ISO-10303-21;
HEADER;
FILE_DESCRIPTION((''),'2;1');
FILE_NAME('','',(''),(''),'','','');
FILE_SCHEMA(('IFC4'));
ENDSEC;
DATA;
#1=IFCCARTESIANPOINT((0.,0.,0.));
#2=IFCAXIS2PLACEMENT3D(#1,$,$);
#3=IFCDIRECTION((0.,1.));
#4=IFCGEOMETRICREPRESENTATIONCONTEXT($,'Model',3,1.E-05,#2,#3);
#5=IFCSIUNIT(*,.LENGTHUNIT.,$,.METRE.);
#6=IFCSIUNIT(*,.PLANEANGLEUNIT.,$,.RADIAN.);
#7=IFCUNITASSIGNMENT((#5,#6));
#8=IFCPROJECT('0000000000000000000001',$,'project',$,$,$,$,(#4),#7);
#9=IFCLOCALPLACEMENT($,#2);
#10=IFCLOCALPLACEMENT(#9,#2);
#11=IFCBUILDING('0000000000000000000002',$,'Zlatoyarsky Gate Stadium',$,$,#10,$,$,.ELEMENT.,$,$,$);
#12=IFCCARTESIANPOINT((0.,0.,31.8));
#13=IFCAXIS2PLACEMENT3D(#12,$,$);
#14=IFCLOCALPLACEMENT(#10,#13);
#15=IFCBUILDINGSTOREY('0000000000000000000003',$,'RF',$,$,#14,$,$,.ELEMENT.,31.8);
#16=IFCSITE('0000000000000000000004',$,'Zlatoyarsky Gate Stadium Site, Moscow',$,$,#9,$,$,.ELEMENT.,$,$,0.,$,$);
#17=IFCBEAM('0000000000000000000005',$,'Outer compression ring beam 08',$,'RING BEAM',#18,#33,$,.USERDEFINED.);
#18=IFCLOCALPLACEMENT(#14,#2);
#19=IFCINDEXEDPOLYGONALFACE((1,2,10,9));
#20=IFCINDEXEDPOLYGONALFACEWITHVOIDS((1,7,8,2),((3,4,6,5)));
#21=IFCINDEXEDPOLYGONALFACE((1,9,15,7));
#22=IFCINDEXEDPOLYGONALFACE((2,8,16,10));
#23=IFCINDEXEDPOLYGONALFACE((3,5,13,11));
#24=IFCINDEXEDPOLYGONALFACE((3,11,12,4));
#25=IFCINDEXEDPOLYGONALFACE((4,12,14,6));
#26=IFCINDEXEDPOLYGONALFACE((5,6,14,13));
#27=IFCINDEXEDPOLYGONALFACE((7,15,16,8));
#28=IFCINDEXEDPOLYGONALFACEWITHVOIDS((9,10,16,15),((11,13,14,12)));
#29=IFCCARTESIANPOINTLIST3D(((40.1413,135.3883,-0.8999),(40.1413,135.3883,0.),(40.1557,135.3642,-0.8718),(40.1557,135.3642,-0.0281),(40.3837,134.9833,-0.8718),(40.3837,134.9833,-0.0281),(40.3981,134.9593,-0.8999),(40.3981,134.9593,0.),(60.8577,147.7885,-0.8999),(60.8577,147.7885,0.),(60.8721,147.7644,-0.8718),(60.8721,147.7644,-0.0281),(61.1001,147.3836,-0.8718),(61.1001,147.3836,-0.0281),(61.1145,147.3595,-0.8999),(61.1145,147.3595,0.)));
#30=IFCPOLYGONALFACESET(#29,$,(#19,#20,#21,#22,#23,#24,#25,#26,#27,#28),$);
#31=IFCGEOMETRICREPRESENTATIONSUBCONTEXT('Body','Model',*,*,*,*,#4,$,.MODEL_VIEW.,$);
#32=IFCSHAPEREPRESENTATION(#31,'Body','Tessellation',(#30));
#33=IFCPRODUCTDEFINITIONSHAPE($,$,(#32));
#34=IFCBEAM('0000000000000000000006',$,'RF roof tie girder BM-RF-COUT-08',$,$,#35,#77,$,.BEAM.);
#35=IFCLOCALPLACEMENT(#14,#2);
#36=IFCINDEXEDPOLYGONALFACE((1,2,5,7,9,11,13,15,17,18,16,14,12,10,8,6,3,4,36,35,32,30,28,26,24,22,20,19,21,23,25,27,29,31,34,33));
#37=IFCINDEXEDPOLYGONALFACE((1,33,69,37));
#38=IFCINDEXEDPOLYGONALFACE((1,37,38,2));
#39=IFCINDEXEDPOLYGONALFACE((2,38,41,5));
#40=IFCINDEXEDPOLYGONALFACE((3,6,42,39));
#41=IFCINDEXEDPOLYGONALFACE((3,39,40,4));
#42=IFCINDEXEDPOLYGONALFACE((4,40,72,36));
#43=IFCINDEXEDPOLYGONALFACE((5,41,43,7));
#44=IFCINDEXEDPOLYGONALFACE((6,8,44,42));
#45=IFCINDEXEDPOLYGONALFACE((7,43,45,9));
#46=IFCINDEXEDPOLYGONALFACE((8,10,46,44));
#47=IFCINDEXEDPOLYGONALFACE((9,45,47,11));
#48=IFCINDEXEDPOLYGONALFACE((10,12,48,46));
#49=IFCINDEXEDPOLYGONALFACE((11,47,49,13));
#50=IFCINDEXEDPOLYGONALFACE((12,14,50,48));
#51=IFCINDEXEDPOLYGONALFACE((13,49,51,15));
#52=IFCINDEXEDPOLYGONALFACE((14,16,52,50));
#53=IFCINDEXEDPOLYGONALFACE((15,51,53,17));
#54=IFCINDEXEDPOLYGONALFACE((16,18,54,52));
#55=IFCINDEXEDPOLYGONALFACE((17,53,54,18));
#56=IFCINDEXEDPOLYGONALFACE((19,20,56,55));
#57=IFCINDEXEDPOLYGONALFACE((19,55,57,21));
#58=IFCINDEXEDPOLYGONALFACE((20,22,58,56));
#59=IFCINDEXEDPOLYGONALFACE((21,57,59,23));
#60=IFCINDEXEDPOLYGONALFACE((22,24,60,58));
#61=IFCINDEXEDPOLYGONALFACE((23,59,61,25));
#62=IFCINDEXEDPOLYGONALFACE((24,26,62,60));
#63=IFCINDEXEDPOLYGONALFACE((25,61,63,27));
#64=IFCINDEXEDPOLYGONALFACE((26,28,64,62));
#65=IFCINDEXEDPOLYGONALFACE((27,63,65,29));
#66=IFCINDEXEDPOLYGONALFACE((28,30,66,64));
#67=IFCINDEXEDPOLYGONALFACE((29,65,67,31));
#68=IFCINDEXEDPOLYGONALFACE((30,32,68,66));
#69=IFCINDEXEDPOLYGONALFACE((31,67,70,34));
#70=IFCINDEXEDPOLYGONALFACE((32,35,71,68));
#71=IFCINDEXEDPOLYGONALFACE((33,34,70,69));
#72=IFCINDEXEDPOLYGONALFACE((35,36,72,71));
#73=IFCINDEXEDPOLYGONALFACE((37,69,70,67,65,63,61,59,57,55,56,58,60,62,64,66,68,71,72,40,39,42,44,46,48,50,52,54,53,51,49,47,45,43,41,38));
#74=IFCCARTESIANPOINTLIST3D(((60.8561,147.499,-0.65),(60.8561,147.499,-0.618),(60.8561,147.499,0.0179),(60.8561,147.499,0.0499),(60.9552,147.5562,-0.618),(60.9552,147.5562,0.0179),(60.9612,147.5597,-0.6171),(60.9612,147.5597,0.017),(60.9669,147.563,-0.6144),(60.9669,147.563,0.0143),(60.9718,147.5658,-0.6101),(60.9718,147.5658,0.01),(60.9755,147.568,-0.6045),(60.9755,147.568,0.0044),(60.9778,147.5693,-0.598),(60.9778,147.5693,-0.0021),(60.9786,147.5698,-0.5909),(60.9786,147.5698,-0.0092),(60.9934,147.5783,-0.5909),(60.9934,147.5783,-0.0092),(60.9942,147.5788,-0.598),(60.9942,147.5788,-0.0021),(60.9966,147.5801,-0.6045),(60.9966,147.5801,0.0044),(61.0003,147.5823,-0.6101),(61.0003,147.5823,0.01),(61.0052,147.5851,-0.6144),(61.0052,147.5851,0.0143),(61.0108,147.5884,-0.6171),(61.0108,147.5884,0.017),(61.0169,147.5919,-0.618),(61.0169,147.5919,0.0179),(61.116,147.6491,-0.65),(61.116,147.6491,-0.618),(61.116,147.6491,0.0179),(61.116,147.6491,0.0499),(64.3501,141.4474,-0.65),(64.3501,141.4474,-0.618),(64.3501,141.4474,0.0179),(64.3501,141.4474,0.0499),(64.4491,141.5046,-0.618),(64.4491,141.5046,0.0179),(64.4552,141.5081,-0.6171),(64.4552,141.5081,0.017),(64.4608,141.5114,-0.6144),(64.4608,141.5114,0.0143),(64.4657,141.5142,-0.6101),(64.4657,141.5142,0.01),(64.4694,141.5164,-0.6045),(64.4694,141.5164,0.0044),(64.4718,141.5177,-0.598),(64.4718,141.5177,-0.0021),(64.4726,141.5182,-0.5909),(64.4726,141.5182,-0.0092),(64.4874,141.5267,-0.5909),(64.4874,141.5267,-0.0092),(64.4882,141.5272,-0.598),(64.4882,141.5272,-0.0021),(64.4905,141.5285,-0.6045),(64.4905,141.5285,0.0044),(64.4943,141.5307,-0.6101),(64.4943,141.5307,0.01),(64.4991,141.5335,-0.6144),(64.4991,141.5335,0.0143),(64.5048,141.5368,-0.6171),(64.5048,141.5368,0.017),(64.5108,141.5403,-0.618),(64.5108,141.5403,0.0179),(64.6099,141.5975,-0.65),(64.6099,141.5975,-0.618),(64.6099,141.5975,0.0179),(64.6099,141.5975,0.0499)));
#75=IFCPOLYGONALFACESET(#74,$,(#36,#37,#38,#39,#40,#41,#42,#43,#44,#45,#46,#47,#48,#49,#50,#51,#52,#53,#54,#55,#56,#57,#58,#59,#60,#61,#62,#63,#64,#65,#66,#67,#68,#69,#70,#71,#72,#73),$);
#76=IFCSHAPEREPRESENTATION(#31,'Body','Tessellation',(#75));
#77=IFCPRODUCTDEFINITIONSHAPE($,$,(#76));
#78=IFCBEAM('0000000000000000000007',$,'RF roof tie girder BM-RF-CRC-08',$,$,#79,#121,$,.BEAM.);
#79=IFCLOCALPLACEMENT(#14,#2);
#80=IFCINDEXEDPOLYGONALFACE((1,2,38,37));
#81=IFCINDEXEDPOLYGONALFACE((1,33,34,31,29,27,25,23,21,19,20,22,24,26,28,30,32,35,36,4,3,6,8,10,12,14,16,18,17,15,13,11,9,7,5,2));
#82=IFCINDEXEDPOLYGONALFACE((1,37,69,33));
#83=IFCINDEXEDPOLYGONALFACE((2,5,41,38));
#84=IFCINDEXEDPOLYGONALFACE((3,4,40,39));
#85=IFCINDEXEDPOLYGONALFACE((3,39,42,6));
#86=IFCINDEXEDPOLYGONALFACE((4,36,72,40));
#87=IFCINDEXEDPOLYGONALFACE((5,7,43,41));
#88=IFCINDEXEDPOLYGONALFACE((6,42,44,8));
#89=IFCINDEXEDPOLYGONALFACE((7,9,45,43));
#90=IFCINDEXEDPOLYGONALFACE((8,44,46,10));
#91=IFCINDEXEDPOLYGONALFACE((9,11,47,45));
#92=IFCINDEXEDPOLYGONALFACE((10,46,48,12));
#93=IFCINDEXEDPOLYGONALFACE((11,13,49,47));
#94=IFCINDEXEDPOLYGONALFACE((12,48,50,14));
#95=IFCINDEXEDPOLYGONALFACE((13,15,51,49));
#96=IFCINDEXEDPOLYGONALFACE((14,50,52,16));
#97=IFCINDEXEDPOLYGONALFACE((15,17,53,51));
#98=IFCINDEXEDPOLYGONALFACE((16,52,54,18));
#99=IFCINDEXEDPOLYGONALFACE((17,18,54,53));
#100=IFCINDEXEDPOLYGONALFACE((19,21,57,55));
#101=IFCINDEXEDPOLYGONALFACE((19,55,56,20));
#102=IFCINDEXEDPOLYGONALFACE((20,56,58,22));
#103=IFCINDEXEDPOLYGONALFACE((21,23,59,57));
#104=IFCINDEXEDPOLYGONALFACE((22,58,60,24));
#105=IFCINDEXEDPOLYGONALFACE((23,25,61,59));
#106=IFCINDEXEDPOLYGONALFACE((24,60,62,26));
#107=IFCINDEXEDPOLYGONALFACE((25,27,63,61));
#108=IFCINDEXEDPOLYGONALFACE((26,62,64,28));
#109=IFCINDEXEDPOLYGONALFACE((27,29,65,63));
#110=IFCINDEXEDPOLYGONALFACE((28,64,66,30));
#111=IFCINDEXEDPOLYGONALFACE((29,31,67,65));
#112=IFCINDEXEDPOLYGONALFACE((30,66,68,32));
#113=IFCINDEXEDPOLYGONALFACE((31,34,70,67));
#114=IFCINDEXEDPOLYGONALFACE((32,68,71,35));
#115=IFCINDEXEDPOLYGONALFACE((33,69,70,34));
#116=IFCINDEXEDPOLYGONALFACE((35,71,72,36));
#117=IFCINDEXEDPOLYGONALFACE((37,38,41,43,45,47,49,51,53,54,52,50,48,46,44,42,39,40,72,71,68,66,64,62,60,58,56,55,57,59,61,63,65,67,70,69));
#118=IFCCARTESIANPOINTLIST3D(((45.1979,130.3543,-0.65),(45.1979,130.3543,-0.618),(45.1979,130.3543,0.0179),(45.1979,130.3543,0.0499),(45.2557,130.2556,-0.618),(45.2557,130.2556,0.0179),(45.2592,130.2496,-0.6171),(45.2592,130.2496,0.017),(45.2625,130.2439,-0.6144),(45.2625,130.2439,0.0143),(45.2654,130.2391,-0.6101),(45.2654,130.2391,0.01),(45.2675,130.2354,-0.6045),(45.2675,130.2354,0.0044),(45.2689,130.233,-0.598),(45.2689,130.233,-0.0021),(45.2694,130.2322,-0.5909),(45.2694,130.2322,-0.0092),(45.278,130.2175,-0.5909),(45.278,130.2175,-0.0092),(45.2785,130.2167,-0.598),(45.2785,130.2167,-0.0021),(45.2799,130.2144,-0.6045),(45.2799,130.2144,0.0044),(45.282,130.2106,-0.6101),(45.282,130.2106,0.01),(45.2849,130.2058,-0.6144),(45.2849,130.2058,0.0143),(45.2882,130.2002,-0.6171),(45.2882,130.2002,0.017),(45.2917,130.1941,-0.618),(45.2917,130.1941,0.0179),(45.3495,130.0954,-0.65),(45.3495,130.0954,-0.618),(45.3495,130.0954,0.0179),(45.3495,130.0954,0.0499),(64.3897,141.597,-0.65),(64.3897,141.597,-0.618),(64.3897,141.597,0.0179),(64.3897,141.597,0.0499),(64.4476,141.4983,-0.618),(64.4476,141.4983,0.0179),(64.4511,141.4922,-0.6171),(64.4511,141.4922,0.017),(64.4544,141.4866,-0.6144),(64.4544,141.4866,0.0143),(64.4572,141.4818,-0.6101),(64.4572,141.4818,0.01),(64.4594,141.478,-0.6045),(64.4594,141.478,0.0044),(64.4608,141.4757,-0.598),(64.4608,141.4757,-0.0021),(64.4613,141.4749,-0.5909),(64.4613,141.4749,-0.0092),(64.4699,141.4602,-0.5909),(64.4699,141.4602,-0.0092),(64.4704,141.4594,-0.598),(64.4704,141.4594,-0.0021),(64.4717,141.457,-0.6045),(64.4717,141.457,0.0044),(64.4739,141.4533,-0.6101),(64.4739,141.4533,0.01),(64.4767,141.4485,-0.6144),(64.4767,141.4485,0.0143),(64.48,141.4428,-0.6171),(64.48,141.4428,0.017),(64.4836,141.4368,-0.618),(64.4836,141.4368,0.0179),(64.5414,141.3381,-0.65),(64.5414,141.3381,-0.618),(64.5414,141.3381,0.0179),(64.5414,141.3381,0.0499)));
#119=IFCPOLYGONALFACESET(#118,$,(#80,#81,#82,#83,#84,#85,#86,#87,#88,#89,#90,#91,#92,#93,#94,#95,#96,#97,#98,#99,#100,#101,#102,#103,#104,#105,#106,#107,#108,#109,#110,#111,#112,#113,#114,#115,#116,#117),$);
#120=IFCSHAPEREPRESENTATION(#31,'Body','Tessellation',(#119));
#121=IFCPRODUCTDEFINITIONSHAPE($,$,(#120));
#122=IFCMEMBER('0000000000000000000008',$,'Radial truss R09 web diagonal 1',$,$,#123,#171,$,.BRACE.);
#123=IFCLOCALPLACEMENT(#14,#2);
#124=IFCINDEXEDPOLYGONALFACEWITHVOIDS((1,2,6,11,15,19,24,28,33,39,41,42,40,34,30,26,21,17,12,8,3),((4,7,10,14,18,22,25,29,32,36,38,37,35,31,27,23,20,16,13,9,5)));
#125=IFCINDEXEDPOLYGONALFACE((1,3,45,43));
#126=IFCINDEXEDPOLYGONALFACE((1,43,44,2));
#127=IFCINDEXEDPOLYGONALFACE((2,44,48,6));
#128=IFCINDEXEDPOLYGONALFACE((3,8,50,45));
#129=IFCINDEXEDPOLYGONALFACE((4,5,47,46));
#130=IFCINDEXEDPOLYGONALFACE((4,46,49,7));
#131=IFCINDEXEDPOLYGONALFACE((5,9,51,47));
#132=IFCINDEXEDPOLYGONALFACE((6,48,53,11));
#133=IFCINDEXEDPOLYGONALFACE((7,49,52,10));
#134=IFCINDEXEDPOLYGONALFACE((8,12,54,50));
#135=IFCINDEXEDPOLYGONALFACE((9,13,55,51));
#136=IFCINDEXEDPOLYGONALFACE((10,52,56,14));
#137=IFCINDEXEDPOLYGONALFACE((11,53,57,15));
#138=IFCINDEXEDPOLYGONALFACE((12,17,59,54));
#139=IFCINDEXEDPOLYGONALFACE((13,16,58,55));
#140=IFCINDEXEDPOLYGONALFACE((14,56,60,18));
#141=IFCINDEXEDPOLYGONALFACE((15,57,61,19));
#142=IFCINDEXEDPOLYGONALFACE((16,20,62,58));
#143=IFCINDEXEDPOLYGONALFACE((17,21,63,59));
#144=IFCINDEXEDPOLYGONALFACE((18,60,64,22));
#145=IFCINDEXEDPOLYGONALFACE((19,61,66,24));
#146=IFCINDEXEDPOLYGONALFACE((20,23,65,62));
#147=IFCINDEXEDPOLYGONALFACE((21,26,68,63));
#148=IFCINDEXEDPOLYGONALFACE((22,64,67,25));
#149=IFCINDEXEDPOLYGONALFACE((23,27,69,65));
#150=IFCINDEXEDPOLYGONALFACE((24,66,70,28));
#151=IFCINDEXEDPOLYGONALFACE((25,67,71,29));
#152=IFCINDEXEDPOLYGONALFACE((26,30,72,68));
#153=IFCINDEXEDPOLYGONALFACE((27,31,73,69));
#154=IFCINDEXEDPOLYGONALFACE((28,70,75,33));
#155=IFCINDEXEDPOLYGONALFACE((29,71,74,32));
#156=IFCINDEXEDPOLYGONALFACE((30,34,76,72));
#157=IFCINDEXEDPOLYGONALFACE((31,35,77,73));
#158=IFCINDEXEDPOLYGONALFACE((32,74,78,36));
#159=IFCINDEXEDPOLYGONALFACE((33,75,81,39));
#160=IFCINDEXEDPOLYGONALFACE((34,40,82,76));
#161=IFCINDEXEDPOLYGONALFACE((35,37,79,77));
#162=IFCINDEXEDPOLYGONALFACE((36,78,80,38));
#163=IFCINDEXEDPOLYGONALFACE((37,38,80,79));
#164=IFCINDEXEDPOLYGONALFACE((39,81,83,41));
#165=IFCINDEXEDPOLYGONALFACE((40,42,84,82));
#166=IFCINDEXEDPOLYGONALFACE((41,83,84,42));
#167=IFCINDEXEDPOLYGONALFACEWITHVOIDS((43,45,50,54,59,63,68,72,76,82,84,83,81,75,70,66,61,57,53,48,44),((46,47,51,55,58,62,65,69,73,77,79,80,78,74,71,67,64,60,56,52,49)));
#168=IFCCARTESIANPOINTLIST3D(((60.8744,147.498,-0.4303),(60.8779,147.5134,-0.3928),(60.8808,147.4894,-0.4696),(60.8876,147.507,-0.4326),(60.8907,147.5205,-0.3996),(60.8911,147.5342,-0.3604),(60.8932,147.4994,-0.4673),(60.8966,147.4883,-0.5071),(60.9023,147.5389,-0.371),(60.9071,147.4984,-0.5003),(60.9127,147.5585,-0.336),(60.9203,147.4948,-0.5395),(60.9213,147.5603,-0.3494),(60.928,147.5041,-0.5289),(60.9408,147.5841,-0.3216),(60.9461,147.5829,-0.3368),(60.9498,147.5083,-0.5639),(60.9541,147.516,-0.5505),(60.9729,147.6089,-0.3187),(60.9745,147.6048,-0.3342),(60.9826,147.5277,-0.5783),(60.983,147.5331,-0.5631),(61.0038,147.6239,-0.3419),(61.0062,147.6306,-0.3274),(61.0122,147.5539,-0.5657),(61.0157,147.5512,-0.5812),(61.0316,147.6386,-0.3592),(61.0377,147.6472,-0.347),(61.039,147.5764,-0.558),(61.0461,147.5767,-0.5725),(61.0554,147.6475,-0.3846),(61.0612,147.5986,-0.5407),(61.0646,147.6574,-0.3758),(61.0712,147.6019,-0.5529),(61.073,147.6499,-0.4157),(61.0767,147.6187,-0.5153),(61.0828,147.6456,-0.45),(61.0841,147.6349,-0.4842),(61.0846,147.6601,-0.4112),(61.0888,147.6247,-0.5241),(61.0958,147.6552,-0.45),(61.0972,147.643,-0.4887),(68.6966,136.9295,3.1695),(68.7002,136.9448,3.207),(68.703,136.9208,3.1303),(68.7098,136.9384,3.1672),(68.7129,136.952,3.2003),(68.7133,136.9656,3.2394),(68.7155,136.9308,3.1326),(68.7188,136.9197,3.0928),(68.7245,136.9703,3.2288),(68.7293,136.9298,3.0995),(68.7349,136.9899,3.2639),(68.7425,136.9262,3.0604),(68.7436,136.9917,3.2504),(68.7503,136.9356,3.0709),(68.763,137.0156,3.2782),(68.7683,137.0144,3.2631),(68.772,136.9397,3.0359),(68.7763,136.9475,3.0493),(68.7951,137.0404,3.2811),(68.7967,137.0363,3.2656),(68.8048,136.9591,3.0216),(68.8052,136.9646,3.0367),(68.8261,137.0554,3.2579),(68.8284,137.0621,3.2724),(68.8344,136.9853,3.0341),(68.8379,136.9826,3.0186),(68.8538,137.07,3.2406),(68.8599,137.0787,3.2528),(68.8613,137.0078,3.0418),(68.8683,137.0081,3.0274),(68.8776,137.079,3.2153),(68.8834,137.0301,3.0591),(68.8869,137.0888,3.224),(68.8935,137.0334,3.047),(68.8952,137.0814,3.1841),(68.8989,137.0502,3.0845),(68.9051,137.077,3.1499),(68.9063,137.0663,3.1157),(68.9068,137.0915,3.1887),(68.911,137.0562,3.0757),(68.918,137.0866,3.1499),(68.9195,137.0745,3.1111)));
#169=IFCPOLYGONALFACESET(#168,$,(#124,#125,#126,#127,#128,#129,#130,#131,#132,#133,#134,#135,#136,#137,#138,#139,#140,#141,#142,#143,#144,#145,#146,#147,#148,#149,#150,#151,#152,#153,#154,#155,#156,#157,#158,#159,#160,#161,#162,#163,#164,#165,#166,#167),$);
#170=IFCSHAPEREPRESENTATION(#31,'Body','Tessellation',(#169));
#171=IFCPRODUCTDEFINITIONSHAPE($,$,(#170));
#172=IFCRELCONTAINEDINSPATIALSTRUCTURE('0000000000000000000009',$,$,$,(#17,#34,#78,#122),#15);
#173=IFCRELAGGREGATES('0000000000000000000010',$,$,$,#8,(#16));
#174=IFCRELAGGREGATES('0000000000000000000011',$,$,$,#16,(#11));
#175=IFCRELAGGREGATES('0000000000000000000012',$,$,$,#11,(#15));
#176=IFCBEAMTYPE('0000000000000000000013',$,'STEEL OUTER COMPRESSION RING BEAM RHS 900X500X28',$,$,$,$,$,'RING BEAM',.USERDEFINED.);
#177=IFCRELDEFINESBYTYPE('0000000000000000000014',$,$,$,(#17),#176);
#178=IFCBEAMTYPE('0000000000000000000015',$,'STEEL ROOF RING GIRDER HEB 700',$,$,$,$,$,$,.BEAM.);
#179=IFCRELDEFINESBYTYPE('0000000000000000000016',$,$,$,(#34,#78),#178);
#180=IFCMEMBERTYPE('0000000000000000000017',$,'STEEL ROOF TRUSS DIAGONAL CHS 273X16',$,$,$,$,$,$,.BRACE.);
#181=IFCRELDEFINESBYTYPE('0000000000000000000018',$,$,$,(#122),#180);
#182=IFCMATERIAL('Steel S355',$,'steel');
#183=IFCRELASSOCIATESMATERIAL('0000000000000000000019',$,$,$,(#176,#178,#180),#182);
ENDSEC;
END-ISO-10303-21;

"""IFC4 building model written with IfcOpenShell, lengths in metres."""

from ifc_helpers import new_model, si_unit, direction, frame, origin, origin_2d, place, context, subcontext, project, spatial, hollow_rectangle, hollow_circle, i_section, extrude, material, material_profile, profile_set, type_object, element, save


model = new_model("IFC4")

# Units and contexts
model_context = context("Model", 3, precision=1e-05, world=origin(), true_north=direction((0.0, 1.0)))
body_context = subcontext(model_context, "Body", "Model", "MODEL_VIEW")
ifc_project = project(units=[si_unit("LENGTHUNIT", "METRE"), si_unit("PLANEANGLEUNIT", "RADIAN")], contexts=[model_context])

# Site, building, storey
site_placement = place(None, origin())
site = spatial("IfcSite", under=ifc_project, at=site_placement, Name="Zlatoyarsky Gate Stadium Site, Moscow", CompositionType="ELEMENT", RefElevation=0.0)
building_placement = place(site_placement, origin())
building = spatial("IfcBuilding", under=site, at=building_placement, Name="Zlatoyarsky Gate Stadium", CompositionType="ELEMENT")
storey_placement = place(building_placement, frame((0.0, 0.0, 31.8)))
storey = spatial("IfcBuildingStorey", under=building, at=storey_placement, Name="RF", CompositionType="ELEMENT", Elevation=31.8)

# Shared definitions
ifc_material_1 = material(Name="Steel S355", Category="steel")

# Beams
ifc_material_profile_1 = material_profile(ifc_material_1, hollow_rectangle(XDim=0.5, YDim=0.8999, WallThickness=0.0281, at=origin_2d()), Name="RHS 900X500X28")
ifc_profile_set_1 = profile_set([ifc_material_profile_1], Name="Steel S355")
beam_type_1 = type_object("IfcBeamType", Name="STEEL OUTER COMPRESSION RING BEAM RHS 900X500X28", ElementType="RING BEAM", PredefinedType="USERDEFINED", material=ifc_profile_set_1)
beam_1_placement = place(storey_placement, frame((60.9861, 147.574, -0.45), z_axis=(-0.858034, -0.513593, 0.0), x_axis=(0.513593, -0.858034, 0.0)))
element("IfcBeam", 1, at=beam_1_placement, inside=storey, type_object=beam_type_1, Name="Outer compression ring beam 08", ObjectType="RING BEAM", PredefinedType="USERDEFINED", context=body_context, shape_type="SweptSolid", body=[
    extrude(hollow_rectangle(XDim=0.5, YDim=0.8999, WallThickness=0.0281, at=origin_2d()), origin(), (0.0, 0.0, 1.0), 24.144),
])
ifc_material_profile_2 = material_profile(ifc_material_1, i_section(OverallWidth=0.3, OverallDepth=0.7, WebThickness=0.0171, FlangeThickness=0.032, FilletRadius=0.0271, at=origin_2d()), Name="HEB 700")
ifc_profile_set_2 = profile_set([ifc_material_profile_2], Name="Steel S355")
beam_type_2 = type_object("IfcBeamType", Name="STEEL ROOF RING GIRDER HEB 700", PredefinedType="BEAM", material=ifc_profile_set_2)
beam_2_placement = place(storey_placement, frame((64.48, 141.5225, -0.3), z_axis=(-0.500006, 0.866022, 0.0), x_axis=(-0.866022, -0.500006, 0.0)))
element("IfcBeam", 2, at=beam_2_placement, inside=storey, type_object=beam_type_2, Name="RF roof tie girder BM-RF-COUT-08", PredefinedType="BEAM", context=body_context, shape_type="SweptSolid", body=[
    extrude(i_section(OverallWidth=0.3, OverallDepth=0.7, WebThickness=0.0171, FlangeThickness=0.032, FilletRadius=0.0271, at=origin_2d()), origin(), (0.0, 0.0, 1.0), 6.9878),
])
beam_3_placement = place(storey_placement, frame((64.4656, 141.4675, -0.3), z_axis=(-0.86285, -0.50546, 0.0), x_axis=(0.50546, -0.86285, 0.0)))
element("IfcBeam", 3, at=beam_3_placement, inside=storey, type_object=beam_type_2, Name="RF roof tie girder BM-RF-CRC-08", PredefinedType="BEAM", context=body_context, shape_type="SweptSolid", body=[
    extrude(i_section(OverallWidth=0.3, OverallDepth=0.7, WebThickness=0.0171, FlangeThickness=0.032, FilletRadius=0.0271, at=origin_2d()), origin(), (0.0, 0.0, 1.0), 22.2424),
])

# Member
ifc_material_profile_3 = material_profile(ifc_material_1, hollow_circle(Radius=0.1365, WallThickness=0.0161, at=origin_2d()), Name="CHS 273X16")
ifc_profile_set_3 = profile_set([ifc_material_profile_3], Name="Steel S355")
member_type_1 = type_object("IfcMemberType", Name="STEEL ROOF TRUSS DIAGONAL CHS 273X16", PredefinedType="BRACE", material=ifc_profile_set_3)
member_1_placement = place(storey_placement, frame((60.9861, 147.574, -0.45), z_axis=(0.5738, -0.775257, 0.264066), x_axis=(0.803787, 0.594917, 0.0)))
element("IfcMember", 4, at=member_1_placement, inside=storey, type_object=member_type_1, Name="Radial truss R09 web diagonal 1", PredefinedType="BRACE", context=body_context, shape_type="SweptSolid", body=[
    extrude(hollow_circle(Radius=0.1365, WallThickness=0.0161, at=origin_2d()), origin(), (0.0, 0.0, 1.0), 13.6323),
])

save(model, "model.ifc")
